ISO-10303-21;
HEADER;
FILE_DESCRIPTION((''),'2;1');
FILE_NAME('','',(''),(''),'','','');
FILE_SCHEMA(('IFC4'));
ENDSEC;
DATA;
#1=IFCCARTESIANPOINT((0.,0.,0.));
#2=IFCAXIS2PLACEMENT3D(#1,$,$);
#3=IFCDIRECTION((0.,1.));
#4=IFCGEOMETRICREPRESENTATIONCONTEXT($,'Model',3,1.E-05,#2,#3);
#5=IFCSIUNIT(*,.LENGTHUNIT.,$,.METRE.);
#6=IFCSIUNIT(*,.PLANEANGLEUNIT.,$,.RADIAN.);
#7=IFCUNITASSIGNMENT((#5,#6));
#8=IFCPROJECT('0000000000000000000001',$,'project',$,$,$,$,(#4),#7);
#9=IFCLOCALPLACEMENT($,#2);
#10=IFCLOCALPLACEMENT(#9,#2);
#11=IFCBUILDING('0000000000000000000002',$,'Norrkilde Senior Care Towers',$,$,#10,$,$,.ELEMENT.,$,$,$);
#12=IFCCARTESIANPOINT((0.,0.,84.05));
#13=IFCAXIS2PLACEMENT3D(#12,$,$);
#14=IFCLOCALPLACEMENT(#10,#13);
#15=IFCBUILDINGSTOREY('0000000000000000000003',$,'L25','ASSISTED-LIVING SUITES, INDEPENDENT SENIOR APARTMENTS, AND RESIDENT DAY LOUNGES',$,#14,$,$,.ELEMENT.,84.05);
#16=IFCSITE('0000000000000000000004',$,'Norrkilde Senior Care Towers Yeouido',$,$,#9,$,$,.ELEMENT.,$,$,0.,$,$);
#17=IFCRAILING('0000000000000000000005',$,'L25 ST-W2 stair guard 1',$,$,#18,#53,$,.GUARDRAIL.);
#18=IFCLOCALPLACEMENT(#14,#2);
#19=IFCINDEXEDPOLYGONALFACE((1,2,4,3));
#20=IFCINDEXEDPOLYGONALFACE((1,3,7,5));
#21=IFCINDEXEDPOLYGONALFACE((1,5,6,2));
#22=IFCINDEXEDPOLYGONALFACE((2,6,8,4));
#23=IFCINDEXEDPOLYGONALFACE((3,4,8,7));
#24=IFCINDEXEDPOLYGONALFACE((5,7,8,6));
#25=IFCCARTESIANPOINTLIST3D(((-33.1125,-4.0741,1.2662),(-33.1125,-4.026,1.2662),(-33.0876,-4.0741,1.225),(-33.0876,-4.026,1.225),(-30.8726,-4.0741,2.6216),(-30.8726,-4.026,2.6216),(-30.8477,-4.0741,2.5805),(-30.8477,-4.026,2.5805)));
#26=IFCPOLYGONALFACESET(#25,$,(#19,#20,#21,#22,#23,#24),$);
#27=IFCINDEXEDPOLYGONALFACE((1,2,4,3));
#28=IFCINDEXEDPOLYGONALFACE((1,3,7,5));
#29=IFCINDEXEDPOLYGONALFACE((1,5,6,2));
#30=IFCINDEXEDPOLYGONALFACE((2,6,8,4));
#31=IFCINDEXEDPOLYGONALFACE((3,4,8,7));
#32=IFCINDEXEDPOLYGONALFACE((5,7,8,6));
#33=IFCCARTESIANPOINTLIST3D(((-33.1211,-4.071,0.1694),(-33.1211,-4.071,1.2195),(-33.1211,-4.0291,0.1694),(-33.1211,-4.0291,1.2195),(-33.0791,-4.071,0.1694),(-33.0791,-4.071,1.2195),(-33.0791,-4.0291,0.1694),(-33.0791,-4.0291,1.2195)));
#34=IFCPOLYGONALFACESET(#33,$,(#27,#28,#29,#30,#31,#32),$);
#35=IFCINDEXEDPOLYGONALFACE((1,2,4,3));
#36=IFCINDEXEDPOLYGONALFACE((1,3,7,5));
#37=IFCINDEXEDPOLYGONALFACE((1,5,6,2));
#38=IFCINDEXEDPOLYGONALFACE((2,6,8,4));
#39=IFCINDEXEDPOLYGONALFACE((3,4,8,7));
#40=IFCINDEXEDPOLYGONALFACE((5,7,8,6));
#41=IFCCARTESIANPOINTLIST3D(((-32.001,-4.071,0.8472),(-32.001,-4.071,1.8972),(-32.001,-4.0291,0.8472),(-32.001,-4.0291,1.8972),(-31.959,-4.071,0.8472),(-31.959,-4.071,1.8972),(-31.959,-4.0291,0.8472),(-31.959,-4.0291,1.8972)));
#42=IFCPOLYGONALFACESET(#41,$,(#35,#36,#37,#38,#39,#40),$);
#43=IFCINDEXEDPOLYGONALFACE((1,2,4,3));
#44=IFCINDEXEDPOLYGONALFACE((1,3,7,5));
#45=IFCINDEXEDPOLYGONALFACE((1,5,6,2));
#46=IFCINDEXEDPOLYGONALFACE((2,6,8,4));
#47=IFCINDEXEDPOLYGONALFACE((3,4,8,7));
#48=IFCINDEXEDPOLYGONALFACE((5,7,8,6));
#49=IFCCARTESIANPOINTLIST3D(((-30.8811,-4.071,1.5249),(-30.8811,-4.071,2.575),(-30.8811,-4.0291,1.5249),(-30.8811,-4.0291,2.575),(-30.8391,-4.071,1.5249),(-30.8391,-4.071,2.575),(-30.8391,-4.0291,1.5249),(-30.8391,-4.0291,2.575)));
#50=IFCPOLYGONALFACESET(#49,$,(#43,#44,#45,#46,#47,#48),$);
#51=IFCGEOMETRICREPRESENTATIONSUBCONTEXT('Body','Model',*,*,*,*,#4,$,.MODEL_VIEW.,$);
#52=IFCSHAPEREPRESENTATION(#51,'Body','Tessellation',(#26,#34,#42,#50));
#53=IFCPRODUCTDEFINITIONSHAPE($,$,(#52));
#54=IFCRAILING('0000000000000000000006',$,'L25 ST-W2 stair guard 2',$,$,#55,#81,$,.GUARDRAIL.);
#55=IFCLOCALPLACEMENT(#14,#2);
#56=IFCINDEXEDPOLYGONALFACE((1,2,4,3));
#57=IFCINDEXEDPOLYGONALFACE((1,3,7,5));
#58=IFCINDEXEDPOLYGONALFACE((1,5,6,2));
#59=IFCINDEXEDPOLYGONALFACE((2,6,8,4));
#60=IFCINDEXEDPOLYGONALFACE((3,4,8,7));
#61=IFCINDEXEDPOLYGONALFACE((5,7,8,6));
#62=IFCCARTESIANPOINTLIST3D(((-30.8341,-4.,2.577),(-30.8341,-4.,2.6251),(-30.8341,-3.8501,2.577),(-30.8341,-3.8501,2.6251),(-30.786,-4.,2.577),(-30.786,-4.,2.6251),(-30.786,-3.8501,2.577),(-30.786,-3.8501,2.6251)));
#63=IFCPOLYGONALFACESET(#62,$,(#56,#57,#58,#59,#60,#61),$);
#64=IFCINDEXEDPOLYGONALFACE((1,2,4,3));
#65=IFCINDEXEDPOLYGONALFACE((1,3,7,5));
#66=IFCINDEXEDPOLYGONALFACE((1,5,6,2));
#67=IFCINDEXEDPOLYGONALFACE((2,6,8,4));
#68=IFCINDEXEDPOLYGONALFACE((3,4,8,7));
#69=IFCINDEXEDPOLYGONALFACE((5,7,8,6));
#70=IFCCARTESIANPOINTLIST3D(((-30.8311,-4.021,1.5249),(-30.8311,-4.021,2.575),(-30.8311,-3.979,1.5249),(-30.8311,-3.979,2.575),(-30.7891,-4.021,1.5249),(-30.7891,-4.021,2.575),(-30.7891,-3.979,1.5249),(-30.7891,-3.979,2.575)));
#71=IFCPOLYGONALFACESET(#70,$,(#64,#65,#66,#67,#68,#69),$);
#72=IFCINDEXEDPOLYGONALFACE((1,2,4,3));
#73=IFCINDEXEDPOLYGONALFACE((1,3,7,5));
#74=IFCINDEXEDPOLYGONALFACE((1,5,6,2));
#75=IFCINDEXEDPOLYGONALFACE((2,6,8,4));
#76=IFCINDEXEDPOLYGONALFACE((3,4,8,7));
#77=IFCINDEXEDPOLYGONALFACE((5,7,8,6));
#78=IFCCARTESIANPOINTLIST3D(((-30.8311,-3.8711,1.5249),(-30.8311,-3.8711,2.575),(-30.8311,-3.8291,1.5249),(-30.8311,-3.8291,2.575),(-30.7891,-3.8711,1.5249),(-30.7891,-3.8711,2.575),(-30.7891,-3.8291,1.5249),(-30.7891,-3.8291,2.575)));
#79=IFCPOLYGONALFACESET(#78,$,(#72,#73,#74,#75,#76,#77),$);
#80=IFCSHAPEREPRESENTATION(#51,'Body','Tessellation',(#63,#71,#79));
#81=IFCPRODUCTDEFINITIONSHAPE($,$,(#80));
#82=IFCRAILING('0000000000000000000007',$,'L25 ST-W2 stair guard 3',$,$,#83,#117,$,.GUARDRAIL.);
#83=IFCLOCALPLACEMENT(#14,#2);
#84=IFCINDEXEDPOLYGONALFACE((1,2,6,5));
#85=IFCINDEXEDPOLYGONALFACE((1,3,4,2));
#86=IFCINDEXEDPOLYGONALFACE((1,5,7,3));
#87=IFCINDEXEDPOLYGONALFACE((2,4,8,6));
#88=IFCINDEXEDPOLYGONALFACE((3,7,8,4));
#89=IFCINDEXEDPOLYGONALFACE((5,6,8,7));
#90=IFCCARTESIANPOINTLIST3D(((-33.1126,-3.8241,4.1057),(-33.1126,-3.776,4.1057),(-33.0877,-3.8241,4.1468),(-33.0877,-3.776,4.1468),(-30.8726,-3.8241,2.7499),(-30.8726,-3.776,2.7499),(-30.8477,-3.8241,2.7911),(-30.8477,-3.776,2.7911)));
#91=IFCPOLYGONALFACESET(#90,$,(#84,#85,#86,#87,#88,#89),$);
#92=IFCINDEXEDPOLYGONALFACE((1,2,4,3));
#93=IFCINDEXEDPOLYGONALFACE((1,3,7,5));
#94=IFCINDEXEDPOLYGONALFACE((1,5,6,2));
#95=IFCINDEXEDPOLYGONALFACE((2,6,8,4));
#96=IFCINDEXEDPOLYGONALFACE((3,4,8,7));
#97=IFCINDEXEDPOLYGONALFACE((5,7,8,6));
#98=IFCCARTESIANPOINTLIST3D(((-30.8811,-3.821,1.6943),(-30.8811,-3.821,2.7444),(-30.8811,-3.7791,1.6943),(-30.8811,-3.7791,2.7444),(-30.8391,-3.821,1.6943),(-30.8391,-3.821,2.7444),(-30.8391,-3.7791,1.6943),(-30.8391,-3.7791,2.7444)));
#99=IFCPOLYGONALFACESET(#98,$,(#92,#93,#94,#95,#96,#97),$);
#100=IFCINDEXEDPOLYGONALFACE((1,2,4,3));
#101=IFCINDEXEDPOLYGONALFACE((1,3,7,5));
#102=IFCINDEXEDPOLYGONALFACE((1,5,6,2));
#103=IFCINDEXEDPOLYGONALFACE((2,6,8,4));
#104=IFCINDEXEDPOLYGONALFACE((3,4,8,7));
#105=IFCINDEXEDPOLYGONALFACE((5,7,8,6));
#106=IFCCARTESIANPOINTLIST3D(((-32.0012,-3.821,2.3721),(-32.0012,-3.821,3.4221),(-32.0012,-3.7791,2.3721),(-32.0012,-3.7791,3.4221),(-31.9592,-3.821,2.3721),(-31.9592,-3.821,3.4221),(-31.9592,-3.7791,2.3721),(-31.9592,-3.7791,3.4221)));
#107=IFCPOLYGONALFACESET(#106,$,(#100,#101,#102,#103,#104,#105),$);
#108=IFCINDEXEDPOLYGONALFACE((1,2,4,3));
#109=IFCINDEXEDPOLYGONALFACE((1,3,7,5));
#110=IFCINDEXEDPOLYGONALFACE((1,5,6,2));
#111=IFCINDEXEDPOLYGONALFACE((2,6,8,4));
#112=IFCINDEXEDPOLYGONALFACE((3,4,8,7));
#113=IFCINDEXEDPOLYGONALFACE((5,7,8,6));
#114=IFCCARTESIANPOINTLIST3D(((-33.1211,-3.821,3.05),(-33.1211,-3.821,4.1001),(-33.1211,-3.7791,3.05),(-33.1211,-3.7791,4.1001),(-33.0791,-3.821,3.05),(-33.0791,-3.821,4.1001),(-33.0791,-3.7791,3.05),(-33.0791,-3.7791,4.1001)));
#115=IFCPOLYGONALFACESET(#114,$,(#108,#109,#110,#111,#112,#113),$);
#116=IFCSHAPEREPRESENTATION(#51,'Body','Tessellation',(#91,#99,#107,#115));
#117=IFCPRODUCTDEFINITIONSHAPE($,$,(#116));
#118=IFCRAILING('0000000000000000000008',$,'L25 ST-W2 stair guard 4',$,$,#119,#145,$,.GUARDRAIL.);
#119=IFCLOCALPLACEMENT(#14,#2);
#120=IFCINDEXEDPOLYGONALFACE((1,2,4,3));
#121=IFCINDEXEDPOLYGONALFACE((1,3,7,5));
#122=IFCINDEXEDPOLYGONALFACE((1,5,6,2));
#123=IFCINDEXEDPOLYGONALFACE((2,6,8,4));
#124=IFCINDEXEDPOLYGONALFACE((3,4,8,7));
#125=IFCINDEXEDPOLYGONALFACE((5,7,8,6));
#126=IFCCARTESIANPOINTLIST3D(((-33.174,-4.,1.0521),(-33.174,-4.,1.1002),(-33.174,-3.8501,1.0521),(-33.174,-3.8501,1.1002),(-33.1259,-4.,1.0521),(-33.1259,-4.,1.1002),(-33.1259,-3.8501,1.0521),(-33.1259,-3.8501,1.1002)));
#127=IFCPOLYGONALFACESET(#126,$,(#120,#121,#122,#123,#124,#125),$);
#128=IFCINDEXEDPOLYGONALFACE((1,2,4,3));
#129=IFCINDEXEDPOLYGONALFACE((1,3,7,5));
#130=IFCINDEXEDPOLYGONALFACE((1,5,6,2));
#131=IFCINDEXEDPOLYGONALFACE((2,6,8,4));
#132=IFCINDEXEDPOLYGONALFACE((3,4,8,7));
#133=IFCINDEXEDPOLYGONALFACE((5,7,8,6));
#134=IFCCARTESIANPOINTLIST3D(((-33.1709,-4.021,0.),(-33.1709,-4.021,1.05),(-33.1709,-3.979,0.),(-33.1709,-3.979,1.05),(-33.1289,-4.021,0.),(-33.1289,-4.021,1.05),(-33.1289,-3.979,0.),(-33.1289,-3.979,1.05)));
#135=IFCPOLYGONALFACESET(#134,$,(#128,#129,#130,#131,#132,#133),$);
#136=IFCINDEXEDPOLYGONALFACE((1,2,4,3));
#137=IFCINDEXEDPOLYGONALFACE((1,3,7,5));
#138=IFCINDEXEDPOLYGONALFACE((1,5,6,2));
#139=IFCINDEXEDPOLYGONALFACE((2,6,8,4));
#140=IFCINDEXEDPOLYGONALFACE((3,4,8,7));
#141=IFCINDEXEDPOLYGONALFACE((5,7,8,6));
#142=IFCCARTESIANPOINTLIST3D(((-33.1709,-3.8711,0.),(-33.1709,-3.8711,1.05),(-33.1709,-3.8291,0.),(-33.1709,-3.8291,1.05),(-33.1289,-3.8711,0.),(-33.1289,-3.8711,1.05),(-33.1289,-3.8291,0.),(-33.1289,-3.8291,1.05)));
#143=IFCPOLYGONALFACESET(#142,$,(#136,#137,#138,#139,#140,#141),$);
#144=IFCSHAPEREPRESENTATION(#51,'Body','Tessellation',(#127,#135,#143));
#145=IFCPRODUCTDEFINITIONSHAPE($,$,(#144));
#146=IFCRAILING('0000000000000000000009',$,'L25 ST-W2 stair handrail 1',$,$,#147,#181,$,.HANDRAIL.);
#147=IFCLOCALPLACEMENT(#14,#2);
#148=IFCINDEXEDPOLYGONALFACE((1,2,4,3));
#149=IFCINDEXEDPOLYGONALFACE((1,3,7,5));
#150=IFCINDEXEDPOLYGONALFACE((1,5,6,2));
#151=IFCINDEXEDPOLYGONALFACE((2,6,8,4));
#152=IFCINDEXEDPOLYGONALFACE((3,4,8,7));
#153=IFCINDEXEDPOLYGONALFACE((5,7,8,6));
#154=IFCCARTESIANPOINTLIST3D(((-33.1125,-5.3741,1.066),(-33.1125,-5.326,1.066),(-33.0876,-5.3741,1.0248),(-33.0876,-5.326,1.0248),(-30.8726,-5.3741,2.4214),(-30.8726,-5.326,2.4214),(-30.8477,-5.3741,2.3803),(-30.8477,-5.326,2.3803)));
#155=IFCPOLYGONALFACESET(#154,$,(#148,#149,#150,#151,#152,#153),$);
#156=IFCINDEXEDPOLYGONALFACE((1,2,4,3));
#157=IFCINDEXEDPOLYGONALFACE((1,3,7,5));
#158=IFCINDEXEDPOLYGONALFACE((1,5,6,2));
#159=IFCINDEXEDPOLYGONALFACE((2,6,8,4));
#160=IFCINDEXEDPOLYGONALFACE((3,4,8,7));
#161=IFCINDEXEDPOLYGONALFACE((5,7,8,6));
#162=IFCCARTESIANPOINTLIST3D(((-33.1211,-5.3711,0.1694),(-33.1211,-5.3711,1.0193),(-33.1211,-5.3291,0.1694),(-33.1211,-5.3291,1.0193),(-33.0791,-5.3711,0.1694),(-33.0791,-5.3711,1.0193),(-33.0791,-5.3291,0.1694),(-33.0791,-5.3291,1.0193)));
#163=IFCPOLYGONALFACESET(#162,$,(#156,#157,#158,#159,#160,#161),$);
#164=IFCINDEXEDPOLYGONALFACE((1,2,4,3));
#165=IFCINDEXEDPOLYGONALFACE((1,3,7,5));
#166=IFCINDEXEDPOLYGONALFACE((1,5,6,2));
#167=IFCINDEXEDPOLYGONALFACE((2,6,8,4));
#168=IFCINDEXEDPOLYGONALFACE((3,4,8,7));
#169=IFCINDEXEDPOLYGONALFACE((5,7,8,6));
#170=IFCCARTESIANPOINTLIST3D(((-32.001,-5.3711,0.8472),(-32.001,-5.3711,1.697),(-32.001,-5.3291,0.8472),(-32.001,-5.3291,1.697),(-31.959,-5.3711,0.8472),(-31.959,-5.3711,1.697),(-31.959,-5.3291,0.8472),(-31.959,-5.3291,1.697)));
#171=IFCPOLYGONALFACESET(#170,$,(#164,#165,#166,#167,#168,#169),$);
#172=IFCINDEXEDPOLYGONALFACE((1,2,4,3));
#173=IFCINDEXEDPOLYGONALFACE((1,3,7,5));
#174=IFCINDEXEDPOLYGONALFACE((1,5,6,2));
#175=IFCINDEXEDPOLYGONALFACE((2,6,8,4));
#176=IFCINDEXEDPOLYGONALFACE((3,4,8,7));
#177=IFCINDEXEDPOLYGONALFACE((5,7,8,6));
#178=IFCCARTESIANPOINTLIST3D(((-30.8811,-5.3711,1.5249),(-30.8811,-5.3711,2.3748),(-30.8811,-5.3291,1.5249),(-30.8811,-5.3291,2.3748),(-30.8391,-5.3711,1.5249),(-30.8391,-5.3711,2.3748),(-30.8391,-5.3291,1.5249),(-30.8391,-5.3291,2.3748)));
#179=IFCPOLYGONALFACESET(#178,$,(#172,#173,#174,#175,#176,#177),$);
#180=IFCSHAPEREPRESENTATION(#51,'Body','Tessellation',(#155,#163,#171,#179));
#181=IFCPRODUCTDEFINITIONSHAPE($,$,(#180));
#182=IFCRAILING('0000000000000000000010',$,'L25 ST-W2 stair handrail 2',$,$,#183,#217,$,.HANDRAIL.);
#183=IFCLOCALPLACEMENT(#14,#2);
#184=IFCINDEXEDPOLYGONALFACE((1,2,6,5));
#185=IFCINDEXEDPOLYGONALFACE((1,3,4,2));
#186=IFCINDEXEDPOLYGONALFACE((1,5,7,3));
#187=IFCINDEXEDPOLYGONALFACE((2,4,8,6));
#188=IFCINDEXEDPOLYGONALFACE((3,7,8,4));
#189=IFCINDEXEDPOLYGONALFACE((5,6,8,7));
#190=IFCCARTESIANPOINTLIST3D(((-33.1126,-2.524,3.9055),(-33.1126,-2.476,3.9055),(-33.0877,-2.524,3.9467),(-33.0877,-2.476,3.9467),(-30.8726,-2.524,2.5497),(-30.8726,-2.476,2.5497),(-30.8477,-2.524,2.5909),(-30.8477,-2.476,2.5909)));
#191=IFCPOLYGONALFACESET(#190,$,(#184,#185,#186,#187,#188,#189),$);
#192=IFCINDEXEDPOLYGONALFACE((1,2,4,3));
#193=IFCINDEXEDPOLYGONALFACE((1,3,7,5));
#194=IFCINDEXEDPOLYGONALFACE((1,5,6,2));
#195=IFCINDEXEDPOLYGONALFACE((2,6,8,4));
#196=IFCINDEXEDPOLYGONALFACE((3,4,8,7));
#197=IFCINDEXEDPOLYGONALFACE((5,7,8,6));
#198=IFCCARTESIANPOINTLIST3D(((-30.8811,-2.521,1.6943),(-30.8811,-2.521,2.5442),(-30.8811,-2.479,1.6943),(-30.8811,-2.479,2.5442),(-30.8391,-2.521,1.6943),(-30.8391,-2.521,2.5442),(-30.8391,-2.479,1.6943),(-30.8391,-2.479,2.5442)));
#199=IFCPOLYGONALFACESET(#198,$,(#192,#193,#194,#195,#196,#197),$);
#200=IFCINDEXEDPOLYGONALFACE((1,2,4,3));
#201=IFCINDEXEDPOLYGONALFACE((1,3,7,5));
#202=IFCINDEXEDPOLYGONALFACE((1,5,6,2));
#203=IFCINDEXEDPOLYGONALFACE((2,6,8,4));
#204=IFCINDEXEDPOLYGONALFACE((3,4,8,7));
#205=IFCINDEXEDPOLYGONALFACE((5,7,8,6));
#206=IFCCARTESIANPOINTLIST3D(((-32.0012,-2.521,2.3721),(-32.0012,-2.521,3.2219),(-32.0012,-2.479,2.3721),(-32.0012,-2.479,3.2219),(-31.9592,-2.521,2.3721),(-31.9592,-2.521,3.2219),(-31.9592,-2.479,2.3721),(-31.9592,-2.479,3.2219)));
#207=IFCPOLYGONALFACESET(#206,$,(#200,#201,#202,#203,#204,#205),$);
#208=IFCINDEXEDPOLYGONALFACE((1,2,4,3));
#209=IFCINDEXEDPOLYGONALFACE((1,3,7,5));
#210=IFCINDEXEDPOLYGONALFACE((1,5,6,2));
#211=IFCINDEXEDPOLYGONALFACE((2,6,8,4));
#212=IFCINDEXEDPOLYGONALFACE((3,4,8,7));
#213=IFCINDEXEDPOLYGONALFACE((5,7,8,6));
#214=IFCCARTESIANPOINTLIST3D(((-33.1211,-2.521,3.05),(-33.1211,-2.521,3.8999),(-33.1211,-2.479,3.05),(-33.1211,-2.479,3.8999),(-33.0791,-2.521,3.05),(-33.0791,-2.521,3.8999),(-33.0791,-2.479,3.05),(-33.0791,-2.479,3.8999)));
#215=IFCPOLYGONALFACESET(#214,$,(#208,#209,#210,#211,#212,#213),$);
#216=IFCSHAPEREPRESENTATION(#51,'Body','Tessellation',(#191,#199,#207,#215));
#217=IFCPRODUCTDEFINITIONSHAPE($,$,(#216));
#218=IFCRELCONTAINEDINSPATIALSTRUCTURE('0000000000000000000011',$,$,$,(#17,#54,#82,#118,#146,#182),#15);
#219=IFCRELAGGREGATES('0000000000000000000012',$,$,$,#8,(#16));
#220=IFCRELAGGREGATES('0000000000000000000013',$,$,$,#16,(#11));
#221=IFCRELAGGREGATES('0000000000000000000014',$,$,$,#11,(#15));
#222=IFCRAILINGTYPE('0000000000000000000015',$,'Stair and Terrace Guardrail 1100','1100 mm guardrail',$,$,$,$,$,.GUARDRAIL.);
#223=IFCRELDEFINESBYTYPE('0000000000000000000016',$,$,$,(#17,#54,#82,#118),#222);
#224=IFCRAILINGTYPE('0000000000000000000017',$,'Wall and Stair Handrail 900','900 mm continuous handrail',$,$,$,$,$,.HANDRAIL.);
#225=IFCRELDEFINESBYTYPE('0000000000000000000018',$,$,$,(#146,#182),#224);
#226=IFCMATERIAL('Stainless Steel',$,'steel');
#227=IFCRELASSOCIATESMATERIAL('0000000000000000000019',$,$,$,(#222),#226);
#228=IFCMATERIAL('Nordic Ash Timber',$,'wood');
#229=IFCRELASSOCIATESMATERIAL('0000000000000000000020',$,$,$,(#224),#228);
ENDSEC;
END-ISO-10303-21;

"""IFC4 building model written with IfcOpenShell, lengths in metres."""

from ifc_helpers import new_model, si_unit, direction, frame, origin, origin_2d, place, context, subcontext, project, spatial, rectangle, extrude, material, type_object, element, save


model = new_model("IFC4")

# Units and contexts
model_context = context("Model", 3, precision=1e-05, world=origin(), true_north=direction((0.0, 1.0)))
body_context = subcontext(model_context, "Body", "Model", "MODEL_VIEW")
ifc_project = project(units=[si_unit("LENGTHUNIT", "METRE"), si_unit("PLANEANGLEUNIT", "RADIAN")], contexts=[model_context])

# Site, building, storey
site_placement = place(None, origin())
site = spatial("IfcSite", under=ifc_project, at=site_placement, Name="Norrkilde Senior Care Towers Yeouido", CompositionType="ELEMENT", RefElevation=0.0)
building_placement = place(site_placement, origin())
building = spatial("IfcBuilding", under=site, at=building_placement, Name="Norrkilde Senior Care Towers", CompositionType="ELEMENT")
storey_placement = place(building_placement, frame((0.0, 0.0, 84.05)))
storey = spatial("IfcBuildingStorey", under=building, at=storey_placement, Name="L25", Description="ASSISTED-LIVING SUITES, INDEPENDENT SENIOR APARTMENTS, AND RESIDENT DAY LOUNGES", CompositionType="ELEMENT", Elevation=84.05)

# Shared definitions
ifc_material_1 = material(Name="Nordic Ash Timber", Category="wood")

# Railings
ifc_material_2 = material(Name="Stainless Steel", Category="steel")
railing_type_1 = type_object("IfcRailingType", Name="Stair and Terrace Guardrail 1100", Description="1100 mm guardrail", PredefinedType="GUARDRAIL", material=ifc_material_2)
railing_1_placement = place(storey_placement, frame((-33.1001, -4.05, 0.1694)))
element("IfcRailing", 1, at=railing_1_placement, inside=storey, type_object=railing_type_1, Name="L25 ST-W2 stair guard 1", PredefinedType="GUARDRAIL", context=body_context, shape_type="SweptSolid", body=[
    extrude(rectangle(XDim=0.0481, YDim=0.0481, at=origin_2d()), frame((0.0, 0.0, 1.0762), z_axis=(0.855553, 0.0, 0.517715), x_axis=(0.0, 1.0, 0.0)), (0.0, 0.0, 1.0), 2.6182),
    extrude(rectangle(XDim=0.042, YDim=0.042, at=origin_2d()), origin(), (0.0, 0.0, 1.0), 1.05),
    extrude(rectangle(XDim=0.042, YDim=0.042, at=origin_2d()), frame((1.1201, 0.0, 0.6777)), (0.0, 0.0, 1.0), 1.05),
    extrude(rectangle(XDim=0.042, YDim=0.042, at=origin_2d()), frame((2.24, 0.0, 1.3555)), (0.0, 0.0, 1.0), 1.05),
])
railing_2_placement = place(storey_placement, frame((-30.8101, -4.0, 1.5249)))
element("IfcRailing", 2, at=railing_2_placement, inside=storey, type_object=railing_type_1, Name="L25 ST-W2 stair guard 2", PredefinedType="GUARDRAIL", context=body_context, shape_type="SweptSolid", body=[
    extrude(rectangle(XDim=0.0481, YDim=0.0481, at=origin_2d()), frame((0.0, 0.0, 1.0762), z_axis=(0.0, 1.0, 0.0), x_axis=(-1.0, 0.0, 0.0)), (0.0, 0.0, 1.0), 0.1499),
    extrude(rectangle(XDim=0.042, YDim=0.042, at=origin_2d()), origin(), (0.0, 0.0, 1.0), 1.05),
    extrude(rectangle(XDim=0.042, YDim=0.042, at=origin_2d()), frame((0.0, 0.1499, 0.0)), (0.0, 0.0, 1.0), 1.05),
])
railing_3_placement = place(storey_placement, frame((-30.8601, -3.8, 1.6943)))
element("IfcRailing", 3, at=railing_3_placement, inside=storey, type_object=railing_type_1, Name="L25 ST-W2 stair guard 3", PredefinedType="GUARDRAIL", context=body_context, shape_type="SweptSolid", body=[
    extrude(rectangle(XDim=0.0481, YDim=0.0481, at=origin_2d()), frame((0.0, 0.0, 1.0762), z_axis=(-0.855512, 0.0, 0.517783), x_axis=(0.0, -1.0, 0.0)), (0.0, 0.0, 1.0), 2.6184),
    extrude(rectangle(XDim=0.042, YDim=0.042, at=origin_2d()), origin(), (0.0, 0.0, 1.0), 1.05),
    extrude(rectangle(XDim=0.042, YDim=0.042, at=origin_2d()), frame((-1.1201, 0.0, 0.6777)), (0.0, 0.0, 1.0), 1.05),
    extrude(rectangle(XDim=0.042, YDim=0.042, at=origin_2d()), frame((-2.24, 0.0, 1.3557)), (0.0, 0.0, 1.0), 1.05),
])
railing_4_placement = place(storey_placement, frame((-33.1499, -4.0, 0.0)))
element("IfcRailing", 4, at=railing_4_placement, inside=storey, type_object=railing_type_1, Name="L25 ST-W2 stair guard 4", PredefinedType="GUARDRAIL", context=body_context, shape_type="SweptSolid", body=[
    extrude(rectangle(XDim=0.0481, YDim=0.0481, at=origin_2d()), frame((0.0, 0.0, 1.0762), z_axis=(0.0, 1.0, 0.0), x_axis=(-1.0, 0.0, 0.0)), (0.0, 0.0, 1.0), 0.1499),
    extrude(rectangle(XDim=0.042, YDim=0.042, at=origin_2d()), origin(), (0.0, 0.0, 1.0), 1.05),
    extrude(rectangle(XDim=0.042, YDim=0.042, at=origin_2d()), frame((0.0, 0.1499, 0.0)), (0.0, 0.0, 1.0), 1.05),
])
railing_type_2 = type_object("IfcRailingType", Name="Wall and Stair Handrail 900", Description="900 mm continuous handrail", PredefinedType="HANDRAIL", material=ifc_material_1)
railing_5_placement = place(storey_placement, frame((-33.1001, -5.3501, 0.1694)))
element("IfcRailing", 5, at=railing_5_placement, inside=storey, type_object=railing_type_2, Name="L25 ST-W2 stair handrail 1", PredefinedType="HANDRAIL", context=body_context, shape_type="SweptSolid", body=[
    extrude(rectangle(XDim=0.0481, YDim=0.0481, at=origin_2d()), frame((0.0, 0.0, 0.876), z_axis=(0.855553, 0.0, 0.517715), x_axis=(0.0, 1.0, 0.0)), (0.0, 0.0, 1.0), 2.6182),
    extrude(rectangle(XDim=0.042, YDim=0.042, at=origin_2d()), origin(), (0.0, 0.0, 1.0), 0.8499),
    extrude(rectangle(XDim=0.042, YDim=0.042, at=origin_2d()), frame((1.1201, 0.0, 0.6777)), (0.0, 0.0, 1.0), 0.8499),
    extrude(rectangle(XDim=0.042, YDim=0.042, at=origin_2d()), frame((2.24, 0.0, 1.3555)), (0.0, 0.0, 1.0), 0.8499),
])
railing_6_placement = place(storey_placement, frame((-30.8601, -2.5, 1.6943)))
element("IfcRailing", 6, at=railing_6_placement, inside=storey, type_object=railing_type_2, Name="L25 ST-W2 stair handrail 2", PredefinedType="HANDRAIL", context=body_context, shape_type="SweptSolid", body=[
    extrude(rectangle(XDim=0.0481, YDim=0.0481, at=origin_2d()), frame((0.0, 0.0, 0.876), z_axis=(-0.855512, 0.0, 0.517783), x_axis=(0.0, -1.0, 0.0)), (0.0, 0.0, 1.0), 2.6184),
    extrude(rectangle(XDim=0.042, YDim=0.042, at=origin_2d()), origin(), (0.0, 0.0, 1.0), 0.8499),
    extrude(rectangle(XDim=0.042, YDim=0.042, at=origin_2d()), frame((-1.1201, 0.0, 0.6777)), (0.0, 0.0, 1.0), 0.8499),
    extrude(rectangle(XDim=0.042, YDim=0.042, at=origin_2d()), frame((-2.24, 0.0, 1.3557)), (0.0, 0.0, 1.0), 0.8499),
])

save(model, "model.ifc")
